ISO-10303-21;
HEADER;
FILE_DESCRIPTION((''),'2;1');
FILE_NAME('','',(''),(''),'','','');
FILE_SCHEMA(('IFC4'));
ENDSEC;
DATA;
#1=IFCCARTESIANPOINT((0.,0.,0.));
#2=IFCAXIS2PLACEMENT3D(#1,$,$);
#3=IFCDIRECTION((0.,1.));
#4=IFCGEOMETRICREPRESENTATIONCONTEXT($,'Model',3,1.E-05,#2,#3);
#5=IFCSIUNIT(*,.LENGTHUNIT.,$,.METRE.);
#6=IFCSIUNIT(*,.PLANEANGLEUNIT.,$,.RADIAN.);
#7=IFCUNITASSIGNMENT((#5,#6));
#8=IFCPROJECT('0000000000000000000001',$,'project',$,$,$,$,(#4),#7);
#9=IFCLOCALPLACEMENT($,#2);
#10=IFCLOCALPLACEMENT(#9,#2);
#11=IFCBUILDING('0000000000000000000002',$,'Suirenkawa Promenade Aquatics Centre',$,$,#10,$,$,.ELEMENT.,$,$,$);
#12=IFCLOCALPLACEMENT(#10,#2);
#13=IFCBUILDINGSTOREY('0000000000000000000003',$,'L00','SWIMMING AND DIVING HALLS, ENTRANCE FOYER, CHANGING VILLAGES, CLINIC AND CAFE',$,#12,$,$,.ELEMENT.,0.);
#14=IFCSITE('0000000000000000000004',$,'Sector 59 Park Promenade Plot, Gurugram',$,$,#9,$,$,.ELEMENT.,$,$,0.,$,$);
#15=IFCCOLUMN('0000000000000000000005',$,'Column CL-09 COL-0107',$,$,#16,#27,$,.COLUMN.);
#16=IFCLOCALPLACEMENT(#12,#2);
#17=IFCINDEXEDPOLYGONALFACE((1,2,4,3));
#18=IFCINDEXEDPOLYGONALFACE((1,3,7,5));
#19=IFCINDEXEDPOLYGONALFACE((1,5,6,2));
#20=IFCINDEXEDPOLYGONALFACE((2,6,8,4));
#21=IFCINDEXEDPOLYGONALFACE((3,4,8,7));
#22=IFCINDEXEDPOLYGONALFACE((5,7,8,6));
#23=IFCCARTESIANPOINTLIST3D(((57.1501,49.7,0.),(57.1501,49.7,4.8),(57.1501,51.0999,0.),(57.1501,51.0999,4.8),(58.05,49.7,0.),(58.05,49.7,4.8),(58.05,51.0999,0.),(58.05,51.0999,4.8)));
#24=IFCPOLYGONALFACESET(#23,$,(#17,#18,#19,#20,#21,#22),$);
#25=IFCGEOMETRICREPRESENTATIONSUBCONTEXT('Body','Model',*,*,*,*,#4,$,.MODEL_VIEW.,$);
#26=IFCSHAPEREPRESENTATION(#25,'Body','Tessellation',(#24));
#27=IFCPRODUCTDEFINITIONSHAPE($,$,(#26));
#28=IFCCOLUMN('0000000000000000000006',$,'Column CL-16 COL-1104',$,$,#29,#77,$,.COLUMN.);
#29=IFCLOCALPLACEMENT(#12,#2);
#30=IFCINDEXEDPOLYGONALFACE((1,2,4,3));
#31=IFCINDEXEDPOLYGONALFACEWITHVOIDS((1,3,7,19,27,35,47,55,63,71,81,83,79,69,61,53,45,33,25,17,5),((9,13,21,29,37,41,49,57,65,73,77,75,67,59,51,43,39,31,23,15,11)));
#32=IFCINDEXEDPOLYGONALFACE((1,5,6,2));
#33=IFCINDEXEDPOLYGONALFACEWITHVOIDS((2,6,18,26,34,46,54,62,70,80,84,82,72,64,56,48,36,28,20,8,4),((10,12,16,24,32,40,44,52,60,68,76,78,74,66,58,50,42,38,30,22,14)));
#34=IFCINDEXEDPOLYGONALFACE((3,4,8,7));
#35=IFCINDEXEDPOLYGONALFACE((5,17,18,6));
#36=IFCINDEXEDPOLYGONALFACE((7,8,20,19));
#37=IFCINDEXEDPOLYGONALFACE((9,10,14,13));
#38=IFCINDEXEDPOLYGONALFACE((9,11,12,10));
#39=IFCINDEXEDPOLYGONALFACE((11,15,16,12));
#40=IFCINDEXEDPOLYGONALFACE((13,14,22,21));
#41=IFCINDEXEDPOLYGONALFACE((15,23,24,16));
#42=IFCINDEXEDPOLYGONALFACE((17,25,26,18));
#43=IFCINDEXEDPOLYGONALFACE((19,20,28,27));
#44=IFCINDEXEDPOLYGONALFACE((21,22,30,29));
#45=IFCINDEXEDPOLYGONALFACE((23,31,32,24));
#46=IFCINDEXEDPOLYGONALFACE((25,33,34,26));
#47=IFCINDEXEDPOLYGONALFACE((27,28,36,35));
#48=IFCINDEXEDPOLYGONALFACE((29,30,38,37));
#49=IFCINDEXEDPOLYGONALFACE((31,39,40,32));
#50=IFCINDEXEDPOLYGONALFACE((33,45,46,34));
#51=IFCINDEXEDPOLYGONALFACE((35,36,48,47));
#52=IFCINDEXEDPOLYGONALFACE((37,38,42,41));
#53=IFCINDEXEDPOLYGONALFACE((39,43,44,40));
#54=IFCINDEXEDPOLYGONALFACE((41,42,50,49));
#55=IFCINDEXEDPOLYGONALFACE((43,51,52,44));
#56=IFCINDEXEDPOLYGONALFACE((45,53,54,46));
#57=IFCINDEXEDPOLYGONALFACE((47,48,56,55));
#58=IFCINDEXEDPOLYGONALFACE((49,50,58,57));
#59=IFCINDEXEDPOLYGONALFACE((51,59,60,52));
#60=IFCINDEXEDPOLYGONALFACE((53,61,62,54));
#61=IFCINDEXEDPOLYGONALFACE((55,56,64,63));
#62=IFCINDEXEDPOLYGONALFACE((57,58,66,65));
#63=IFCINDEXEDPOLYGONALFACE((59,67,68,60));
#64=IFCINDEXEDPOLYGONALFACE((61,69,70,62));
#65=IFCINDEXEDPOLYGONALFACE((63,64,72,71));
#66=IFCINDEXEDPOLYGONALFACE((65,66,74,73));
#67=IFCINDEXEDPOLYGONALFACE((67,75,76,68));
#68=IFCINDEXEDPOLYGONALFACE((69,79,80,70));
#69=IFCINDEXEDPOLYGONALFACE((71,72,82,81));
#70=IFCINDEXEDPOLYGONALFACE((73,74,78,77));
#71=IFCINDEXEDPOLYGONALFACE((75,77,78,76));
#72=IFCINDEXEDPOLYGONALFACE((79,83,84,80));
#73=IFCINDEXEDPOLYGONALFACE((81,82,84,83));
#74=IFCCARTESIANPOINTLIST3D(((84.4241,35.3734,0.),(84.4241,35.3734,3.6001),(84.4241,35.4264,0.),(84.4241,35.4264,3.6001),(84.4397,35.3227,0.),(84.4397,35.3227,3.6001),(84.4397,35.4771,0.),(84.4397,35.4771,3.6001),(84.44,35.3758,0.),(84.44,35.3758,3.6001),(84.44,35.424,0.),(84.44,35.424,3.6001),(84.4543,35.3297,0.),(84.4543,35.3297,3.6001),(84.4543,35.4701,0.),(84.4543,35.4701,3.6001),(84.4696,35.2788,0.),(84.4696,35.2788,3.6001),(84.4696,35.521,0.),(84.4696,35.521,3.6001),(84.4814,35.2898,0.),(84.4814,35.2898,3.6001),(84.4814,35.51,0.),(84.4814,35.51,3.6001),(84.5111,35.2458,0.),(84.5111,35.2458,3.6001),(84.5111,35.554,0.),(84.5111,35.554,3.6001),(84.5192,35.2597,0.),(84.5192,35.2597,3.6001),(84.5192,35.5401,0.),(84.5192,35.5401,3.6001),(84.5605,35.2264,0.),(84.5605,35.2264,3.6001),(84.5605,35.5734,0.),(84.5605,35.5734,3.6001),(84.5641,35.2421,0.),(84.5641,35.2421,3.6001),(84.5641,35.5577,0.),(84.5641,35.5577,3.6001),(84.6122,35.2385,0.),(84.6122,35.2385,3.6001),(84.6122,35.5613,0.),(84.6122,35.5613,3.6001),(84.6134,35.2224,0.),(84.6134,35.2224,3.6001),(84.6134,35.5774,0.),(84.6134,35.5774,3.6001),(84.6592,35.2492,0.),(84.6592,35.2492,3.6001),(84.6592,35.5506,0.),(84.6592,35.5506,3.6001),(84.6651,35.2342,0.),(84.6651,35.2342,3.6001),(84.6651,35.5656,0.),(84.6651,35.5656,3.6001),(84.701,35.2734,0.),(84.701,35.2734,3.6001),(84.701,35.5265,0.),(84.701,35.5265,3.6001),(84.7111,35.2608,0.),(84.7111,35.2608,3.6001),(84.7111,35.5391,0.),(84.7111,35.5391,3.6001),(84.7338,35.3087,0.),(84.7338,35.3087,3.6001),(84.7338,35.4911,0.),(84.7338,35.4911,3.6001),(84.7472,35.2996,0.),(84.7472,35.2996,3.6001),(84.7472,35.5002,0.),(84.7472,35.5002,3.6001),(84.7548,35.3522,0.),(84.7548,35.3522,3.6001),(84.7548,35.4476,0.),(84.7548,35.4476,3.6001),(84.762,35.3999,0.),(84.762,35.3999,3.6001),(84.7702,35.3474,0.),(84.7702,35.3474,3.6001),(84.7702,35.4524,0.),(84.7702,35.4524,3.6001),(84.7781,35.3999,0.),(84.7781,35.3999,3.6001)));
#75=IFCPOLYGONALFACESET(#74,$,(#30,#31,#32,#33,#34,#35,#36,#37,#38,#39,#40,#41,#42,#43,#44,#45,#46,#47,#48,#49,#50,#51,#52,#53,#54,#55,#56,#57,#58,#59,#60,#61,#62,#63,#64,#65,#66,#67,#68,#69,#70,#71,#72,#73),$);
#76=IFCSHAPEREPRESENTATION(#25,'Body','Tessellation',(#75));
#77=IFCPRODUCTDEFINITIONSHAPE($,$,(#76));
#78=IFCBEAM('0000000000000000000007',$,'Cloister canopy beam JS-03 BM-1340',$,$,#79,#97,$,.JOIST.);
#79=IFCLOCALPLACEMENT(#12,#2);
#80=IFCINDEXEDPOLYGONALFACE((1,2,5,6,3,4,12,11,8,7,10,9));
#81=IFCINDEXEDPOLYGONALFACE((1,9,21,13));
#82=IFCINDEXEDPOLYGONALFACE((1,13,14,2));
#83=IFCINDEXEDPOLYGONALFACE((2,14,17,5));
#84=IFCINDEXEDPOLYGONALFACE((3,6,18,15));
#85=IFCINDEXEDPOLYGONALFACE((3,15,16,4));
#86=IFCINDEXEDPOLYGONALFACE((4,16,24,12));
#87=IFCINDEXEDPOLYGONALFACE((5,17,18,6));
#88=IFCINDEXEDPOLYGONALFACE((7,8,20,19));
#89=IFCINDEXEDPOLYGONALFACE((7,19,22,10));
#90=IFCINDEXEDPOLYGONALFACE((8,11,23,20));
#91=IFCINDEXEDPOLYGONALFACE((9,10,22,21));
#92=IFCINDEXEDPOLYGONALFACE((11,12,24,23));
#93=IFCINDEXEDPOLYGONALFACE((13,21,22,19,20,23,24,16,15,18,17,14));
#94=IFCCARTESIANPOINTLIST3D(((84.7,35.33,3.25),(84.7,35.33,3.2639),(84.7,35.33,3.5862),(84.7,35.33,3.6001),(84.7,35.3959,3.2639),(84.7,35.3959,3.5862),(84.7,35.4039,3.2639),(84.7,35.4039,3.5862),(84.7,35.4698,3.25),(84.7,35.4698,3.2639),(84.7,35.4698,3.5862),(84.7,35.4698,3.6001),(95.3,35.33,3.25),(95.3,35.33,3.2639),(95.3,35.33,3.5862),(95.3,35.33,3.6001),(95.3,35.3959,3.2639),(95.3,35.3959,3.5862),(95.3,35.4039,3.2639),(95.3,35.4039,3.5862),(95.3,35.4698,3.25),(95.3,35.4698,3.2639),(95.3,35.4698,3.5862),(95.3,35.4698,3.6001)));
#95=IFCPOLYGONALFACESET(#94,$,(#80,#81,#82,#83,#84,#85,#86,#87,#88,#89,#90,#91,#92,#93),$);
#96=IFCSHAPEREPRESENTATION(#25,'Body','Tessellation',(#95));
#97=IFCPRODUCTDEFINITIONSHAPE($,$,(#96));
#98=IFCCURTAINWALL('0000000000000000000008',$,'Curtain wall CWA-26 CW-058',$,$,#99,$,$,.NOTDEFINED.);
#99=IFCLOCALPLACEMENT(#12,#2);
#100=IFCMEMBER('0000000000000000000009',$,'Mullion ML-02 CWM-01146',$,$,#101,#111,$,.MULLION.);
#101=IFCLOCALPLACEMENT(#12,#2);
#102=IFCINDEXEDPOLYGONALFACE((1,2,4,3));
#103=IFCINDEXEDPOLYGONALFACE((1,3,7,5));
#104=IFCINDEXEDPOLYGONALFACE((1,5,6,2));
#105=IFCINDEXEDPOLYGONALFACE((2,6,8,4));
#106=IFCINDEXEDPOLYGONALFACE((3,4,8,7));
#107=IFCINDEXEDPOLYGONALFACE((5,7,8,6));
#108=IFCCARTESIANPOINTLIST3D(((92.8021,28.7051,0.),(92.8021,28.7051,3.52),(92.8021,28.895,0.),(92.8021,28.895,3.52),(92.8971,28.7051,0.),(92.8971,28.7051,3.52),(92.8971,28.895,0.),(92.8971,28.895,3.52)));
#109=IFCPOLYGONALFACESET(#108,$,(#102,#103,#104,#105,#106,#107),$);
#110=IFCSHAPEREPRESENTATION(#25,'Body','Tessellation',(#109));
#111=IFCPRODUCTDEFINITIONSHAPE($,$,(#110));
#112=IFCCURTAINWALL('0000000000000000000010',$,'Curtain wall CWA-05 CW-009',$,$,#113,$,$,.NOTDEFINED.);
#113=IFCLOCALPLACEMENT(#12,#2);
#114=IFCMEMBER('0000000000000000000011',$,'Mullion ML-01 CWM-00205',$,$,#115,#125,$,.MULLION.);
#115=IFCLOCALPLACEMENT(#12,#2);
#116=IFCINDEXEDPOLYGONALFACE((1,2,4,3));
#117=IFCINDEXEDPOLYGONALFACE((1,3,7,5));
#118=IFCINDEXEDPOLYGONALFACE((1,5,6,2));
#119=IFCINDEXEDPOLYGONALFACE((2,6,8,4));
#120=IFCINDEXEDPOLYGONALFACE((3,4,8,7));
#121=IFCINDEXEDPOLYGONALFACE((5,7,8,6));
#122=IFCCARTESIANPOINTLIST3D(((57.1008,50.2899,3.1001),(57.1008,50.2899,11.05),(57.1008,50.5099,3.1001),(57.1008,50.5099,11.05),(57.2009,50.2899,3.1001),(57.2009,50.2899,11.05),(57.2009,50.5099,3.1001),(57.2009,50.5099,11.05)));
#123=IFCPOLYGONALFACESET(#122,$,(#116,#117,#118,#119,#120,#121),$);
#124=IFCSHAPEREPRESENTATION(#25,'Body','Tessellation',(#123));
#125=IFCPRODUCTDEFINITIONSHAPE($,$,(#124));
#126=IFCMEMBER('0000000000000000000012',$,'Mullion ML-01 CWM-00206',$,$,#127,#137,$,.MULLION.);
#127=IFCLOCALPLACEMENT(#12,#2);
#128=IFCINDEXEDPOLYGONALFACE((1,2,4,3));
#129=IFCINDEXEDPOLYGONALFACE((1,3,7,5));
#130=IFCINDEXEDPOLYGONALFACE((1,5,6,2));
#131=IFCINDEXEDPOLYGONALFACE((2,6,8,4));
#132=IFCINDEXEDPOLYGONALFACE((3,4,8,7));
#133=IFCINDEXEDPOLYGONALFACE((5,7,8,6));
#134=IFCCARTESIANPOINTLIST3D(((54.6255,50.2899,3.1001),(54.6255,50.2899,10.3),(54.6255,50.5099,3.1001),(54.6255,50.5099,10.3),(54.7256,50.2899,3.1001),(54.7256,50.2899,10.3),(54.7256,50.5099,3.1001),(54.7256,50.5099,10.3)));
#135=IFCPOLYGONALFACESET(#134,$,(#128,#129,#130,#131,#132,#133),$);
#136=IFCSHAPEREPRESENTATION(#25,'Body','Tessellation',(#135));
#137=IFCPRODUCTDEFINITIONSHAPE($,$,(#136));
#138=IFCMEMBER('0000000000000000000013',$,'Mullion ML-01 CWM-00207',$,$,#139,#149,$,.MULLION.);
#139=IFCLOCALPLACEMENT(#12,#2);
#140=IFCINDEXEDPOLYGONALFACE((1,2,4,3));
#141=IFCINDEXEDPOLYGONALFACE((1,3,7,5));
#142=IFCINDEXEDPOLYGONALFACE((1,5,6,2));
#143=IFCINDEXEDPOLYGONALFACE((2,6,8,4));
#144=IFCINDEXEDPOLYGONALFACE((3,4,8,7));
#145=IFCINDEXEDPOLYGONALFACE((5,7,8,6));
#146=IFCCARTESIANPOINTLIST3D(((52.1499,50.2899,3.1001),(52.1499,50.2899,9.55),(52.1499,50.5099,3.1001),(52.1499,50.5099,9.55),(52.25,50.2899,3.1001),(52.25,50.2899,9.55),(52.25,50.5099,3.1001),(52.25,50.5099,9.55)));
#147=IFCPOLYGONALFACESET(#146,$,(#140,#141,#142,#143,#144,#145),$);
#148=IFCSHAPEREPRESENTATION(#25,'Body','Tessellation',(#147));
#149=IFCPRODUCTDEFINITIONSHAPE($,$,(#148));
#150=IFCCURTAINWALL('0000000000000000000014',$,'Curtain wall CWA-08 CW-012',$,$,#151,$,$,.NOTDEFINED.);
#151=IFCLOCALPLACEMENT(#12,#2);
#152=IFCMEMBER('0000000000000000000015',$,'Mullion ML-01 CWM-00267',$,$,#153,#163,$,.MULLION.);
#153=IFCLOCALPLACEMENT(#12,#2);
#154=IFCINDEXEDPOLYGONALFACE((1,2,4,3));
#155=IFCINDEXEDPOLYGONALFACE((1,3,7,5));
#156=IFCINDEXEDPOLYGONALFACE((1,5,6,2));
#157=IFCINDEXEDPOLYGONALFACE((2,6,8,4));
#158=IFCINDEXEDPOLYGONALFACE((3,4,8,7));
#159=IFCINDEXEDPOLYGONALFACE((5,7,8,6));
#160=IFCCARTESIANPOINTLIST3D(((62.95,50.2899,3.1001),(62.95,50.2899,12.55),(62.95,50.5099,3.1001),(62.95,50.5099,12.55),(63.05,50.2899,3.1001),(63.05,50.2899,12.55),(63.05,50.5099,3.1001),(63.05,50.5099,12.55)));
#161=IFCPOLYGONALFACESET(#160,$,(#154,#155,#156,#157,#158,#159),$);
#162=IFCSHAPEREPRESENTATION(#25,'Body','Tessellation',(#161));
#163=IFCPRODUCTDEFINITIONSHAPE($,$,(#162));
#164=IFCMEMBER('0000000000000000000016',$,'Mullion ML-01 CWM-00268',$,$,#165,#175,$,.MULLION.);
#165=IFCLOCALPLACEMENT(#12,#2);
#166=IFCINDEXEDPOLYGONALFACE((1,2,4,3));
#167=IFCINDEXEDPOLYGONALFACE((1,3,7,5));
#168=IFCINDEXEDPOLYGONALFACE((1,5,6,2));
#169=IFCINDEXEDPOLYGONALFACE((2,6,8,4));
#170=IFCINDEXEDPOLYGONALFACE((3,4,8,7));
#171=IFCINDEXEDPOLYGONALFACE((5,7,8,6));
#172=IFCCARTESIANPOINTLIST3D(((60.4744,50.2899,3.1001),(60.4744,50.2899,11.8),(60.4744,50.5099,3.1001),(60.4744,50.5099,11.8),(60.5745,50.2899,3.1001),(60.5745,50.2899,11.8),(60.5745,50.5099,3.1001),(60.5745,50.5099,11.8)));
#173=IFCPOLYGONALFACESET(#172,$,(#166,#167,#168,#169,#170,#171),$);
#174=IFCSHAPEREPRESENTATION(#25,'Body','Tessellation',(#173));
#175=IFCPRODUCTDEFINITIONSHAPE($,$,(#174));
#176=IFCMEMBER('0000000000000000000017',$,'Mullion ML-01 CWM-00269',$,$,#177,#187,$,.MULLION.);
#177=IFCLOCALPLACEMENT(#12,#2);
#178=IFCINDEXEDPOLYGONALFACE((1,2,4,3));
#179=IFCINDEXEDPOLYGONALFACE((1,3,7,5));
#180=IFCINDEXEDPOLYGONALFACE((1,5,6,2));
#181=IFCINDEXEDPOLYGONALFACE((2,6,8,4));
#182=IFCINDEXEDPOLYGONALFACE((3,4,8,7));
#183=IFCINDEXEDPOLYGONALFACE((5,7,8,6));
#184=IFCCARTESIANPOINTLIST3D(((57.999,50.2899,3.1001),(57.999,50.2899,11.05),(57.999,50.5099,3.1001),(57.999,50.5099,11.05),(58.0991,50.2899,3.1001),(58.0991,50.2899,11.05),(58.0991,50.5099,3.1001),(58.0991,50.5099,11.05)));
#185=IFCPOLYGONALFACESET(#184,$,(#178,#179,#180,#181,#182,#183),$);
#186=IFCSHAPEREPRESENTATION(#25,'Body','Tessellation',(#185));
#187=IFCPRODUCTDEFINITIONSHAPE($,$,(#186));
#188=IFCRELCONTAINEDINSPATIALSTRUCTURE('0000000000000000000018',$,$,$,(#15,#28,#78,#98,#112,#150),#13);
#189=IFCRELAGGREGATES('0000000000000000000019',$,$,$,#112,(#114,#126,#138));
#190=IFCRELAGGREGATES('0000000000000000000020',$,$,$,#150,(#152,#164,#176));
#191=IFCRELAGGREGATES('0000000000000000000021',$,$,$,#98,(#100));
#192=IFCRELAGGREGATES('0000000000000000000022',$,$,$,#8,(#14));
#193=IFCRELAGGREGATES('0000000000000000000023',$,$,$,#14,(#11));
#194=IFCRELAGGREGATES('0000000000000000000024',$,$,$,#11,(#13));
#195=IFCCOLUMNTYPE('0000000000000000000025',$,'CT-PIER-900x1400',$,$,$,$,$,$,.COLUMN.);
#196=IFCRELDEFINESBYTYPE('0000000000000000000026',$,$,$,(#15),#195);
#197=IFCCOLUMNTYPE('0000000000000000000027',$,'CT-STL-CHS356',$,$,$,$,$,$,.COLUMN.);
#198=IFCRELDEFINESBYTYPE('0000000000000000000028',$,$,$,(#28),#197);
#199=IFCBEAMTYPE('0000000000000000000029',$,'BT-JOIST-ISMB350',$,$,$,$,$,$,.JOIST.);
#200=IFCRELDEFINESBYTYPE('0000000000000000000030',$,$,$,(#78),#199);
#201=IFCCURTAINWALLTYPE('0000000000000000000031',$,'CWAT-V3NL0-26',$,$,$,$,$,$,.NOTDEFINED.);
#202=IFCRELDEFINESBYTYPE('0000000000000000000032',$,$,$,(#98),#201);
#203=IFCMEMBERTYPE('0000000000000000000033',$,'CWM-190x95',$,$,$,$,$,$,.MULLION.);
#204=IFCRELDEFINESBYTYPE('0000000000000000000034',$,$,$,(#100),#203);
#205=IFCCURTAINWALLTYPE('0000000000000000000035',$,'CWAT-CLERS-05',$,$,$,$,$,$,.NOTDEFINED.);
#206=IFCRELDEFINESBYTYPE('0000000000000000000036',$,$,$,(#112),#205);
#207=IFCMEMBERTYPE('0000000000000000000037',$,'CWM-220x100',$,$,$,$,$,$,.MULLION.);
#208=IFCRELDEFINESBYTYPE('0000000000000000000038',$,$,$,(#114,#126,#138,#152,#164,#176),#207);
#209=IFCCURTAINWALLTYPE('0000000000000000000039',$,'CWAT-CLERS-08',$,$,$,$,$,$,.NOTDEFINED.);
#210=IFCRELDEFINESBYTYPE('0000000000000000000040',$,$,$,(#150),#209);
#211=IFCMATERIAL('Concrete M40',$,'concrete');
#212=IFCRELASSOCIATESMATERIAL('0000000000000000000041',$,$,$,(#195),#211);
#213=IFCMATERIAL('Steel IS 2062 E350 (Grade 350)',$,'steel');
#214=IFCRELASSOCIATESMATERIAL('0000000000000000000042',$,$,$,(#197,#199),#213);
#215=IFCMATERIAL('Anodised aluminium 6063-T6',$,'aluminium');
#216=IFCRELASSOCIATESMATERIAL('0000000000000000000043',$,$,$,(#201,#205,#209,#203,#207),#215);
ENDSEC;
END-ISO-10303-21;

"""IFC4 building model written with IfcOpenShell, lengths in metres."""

from ifc_helpers import new_model, si_unit, direction, frame, origin, origin_2d, place, context, subcontext, project, spatial, rectangle, hollow_circle, i_section, extrude, material, material_profile, profile_set, type_object, element, aggregate, save


model = new_model("IFC4")

# Units and contexts
model_context = context("Model", 3, precision=1e-05, world=origin(), true_north=direction((0.0, 1.0)))
body_context = subcontext(model_context, "Body", "Model", "MODEL_VIEW")
ifc_project = project(units=[si_unit("LENGTHUNIT", "METRE"), si_unit("PLANEANGLEUNIT", "RADIAN")], contexts=[model_context])

# Site, building, storey
site_placement = place(None, origin())
site = spatial("IfcSite", under=ifc_project, at=site_placement, Name="Sector 59 Park Promenade Plot, Gurugram", CompositionType="ELEMENT", RefElevation=0.0)
building_placement = place(site_placement, origin())
building = spatial("IfcBuilding", under=site, at=building_placement, Name="Suirenkawa Promenade Aquatics Centre", CompositionType="ELEMENT")
storey_placement = place(building_placement, origin())
storey = spatial("IfcBuildingStorey", under=building, at=storey_placement, Name="L00", Description="SWIMMING AND DIVING HALLS, ENTRANCE FOYER, CHANGING VILLAGES, CLINIC AND CAFE", CompositionType="ELEMENT", Elevation=0.0)

# Columns
ifc_material_1 = material(Name="Concrete M40", Category="concrete")
ifc_material_profile_1 = material_profile(ifc_material_1, rectangle(XDim=0.8999, YDim=1.3999, at=origin_2d()), Name="RC PIER 900x1400", Category="concrete")
ifc_profile_set_1 = profile_set([ifc_material_profile_1], Name="Concrete M40")
column_type_1 = type_object("IfcColumnType", Name="CT-PIER-900x1400", PredefinedType="COLUMN", material=ifc_profile_set_1)
column_1_placement = place(storey_placement, frame((57.6001, 50.3999, 0.0), z_axis=(0.0, 0.0, 1.0), x_axis=(1.0, 0.0, 0.0)))
element("IfcColumn", 1, at=column_1_placement, inside=storey, type_object=column_type_1, Name="Column CL-09 COL-0107", PredefinedType="COLUMN", context=body_context, shape_type="SweptSolid", body=[
    extrude(rectangle(XDim=0.8999, YDim=1.3999, at=origin_2d()), origin(), (0.0, 0.0, 1.0), 4.8),
])
ifc_material_2 = material(Name="Steel IS 2062 E350 (Grade 350)", Category="steel")
ifc_material_profile_2 = material_profile(ifc_material_2, hollow_circle(Radius=0.178, WallThickness=0.0161, at=origin_2d()), Name="CHS 356x16", Category="steel")
ifc_profile_set_2 = profile_set([ifc_material_profile_2], Name="Steel IS 2062 E350 (Grade 350)")
column_type_2 = type_object("IfcColumnType", Name="CT-STL-CHS356", PredefinedType="COLUMN", material=ifc_profile_set_2)
column_2_placement = place(storey_placement, frame((84.6001, 35.3999, 0.0), z_axis=(0.0, 0.0, 1.0), x_axis=(1.0, 0.0, 0.0)))
element("IfcColumn", 2, at=column_2_placement, inside=storey, type_object=column_type_2, Name="Column CL-16 COL-1104", PredefinedType="COLUMN", context=body_context, shape_type="SweptSolid", body=[
    extrude(hollow_circle(Radius=0.178, WallThickness=0.0161, at=origin_2d()), origin(), (0.0, 0.0, 1.0), 3.6001),
])

# Beam
ifc_material_profile_3 = material_profile(ifc_material_2, i_section(OverallWidth=0.1399, OverallDepth=0.3501, WebThickness=0.0081, FlangeThickness=0.0139, at=origin_2d()), Name="ISMB 350", Category="steel")
ifc_profile_set_3 = profile_set([ifc_material_profile_3], Name="Steel IS 2062 E350 (Grade 350)")
beam_type = type_object("IfcBeamType", Name="BT-JOIST-ISMB350", PredefinedType="JOIST", material=ifc_profile_set_3)
beam_placement = place(storey_placement, frame((84.7, 35.3999, 3.425), z_axis=(1.0, 0.0, 0.0), x_axis=(0.0, 1.0, 0.0)))
element("IfcBeam", 3, at=beam_placement, inside=storey, type_object=beam_type, Name="Cloister canopy beam JS-03 BM-1340", PredefinedType="JOIST", context=body_context, shape_type="SweptSolid", body=[
    extrude(i_section(OverallWidth=0.1399, OverallDepth=0.3501, WebThickness=0.0081, FlangeThickness=0.0139, at=origin_2d()), origin(), (0.0, 0.0, 1.0), 10.6001),
])

# Curtain wall, member
ifc_material_3 = material(Name="Anodised aluminium 6063-T6", Category="aluminium")
curtain_wall_type_1 = type_object("IfcCurtainWallType", Name="CWAT-V3NL0-26", PredefinedType="NOTDEFINED", material=ifc_material_3)
curtain_wall_1_placement = place(storey_placement, origin())
curtain_wall_1 = element("IfcCurtainWall", 4, at=curtain_wall_1_placement, inside=storey, type_object=curtain_wall_type_1, Name="Curtain wall CWA-26 CW-058", PredefinedType="NOTDEFINED")
ifc_material_profile_4 = material_profile(ifc_material_3, rectangle(XDim=0.095, YDim=0.1899, at=origin_2d()), Name="ALU MULL 95x190", Category="aluminium")
ifc_profile_set_4 = profile_set([ifc_material_profile_4], Name="Anodised aluminium 6063-T6")
member_type_1 = type_object("IfcMemberType", Name="CWM-190x95", PredefinedType="MULLION", material=ifc_profile_set_4)
member_1_placement = place(storey_placement, frame((92.8496, 28.8, 0.0), z_axis=(0.0, 0.0, 1.0), x_axis=(1.0, 0.0, 0.0)))
member_1 = element("IfcMember", 5, at=member_1_placement, type_object=member_type_1, Name="Mullion ML-02 CWM-01146", PredefinedType="MULLION", context=body_context, shape_type="SweptSolid", body=[
    extrude(rectangle(XDim=0.095, YDim=0.1899, at=origin_2d()), origin(), (0.0, 0.0, 1.0), 3.52),
])

# Curtain walls, members
curtain_wall_type_2 = type_object("IfcCurtainWallType", Name="CWAT-CLERS-05", PredefinedType="NOTDEFINED", material=ifc_material_3)
curtain_wall_2_placement = place(storey_placement, origin())
curtain_wall_2 = element("IfcCurtainWall", 6, at=curtain_wall_2_placement, inside=storey, type_object=curtain_wall_type_2, Name="Curtain wall CWA-05 CW-009", PredefinedType="NOTDEFINED")
ifc_material_profile_5 = material_profile(ifc_material_3, rectangle(XDim=0.1001, YDim=0.22, at=origin_2d()), Name="ALU MULL 100x220", Category="aluminium")
ifc_profile_set_5 = profile_set([ifc_material_profile_5], Name="Anodised aluminium 6063-T6")
member_type_2 = type_object("IfcMemberType", Name="CWM-220x100", PredefinedType="MULLION", material=ifc_profile_set_5)
member_2_placement = place(storey_placement, frame((57.1509, 50.3999, 3.1001), z_axis=(0.0, 0.0, 1.0), x_axis=(-1.0, 0.0, 0.0)))
member_2 = element("IfcMember", 7, at=member_2_placement, type_object=member_type_2, Name="Mullion ML-01 CWM-00205", PredefinedType="MULLION", context=body_context, shape_type="SweptSolid", body=[
    extrude(rectangle(XDim=0.1001, YDim=0.22, at=origin_2d()), origin(), (0.0, 0.0, 1.0), 7.95),
])
member_3_placement = place(storey_placement, frame((54.6755, 50.3999, 3.1001), z_axis=(0.0, 0.0, 1.0), x_axis=(-1.0, 0.0, 0.0)))
member_3 = element("IfcMember", 8, at=member_3_placement, type_object=member_type_2, Name="Mullion ML-01 CWM-00206", PredefinedType="MULLION", context=body_context, shape_type="SweptSolid", body=[
    extrude(rectangle(XDim=0.1001, YDim=0.22, at=origin_2d()), origin(), (0.0, 0.0, 1.0), 7.2),
])
member_4_placement = place(storey_placement, frame((52.2, 50.3999, 3.1001), z_axis=(0.0, 0.0, 1.0), x_axis=(-1.0, 0.0, 0.0)))
member_4 = element("IfcMember", 9, at=member_4_placement, type_object=member_type_2, Name="Mullion ML-01 CWM-00207", PredefinedType="MULLION", context=body_context, shape_type="SweptSolid", body=[
    extrude(rectangle(XDim=0.1001, YDim=0.22, at=origin_2d()), origin(), (0.0, 0.0, 1.0), 6.45),
])
curtain_wall_type_3 = type_object("IfcCurtainWallType", Name="CWAT-CLERS-08", PredefinedType="NOTDEFINED", material=ifc_material_3)
curtain_wall_3_placement = place(storey_placement, origin())
curtain_wall_3 = element("IfcCurtainWall", 10, at=curtain_wall_3_placement, inside=storey, type_object=curtain_wall_type_3, Name="Curtain wall CWA-08 CW-012", PredefinedType="NOTDEFINED")
member_5_placement = place(storey_placement, frame((63.0, 50.3999, 3.1001), z_axis=(0.0, 0.0, 1.0), x_axis=(-1.0, 0.0, 0.0)))
member_5 = element("IfcMember", 11, at=member_5_placement, type_object=member_type_2, Name="Mullion ML-01 CWM-00267", PredefinedType="MULLION", context=body_context, shape_type="SweptSolid", body=[
    extrude(rectangle(XDim=0.1001, YDim=0.22, at=origin_2d()), origin(), (0.0, 0.0, 1.0), 9.45),
])
member_6_placement = place(storey_placement, frame((60.5244, 50.3999, 3.1001), z_axis=(0.0, 0.0, 1.0), x_axis=(-1.0, 0.0, 0.0)))
member_6 = element("IfcMember", 12, at=member_6_placement, type_object=member_type_2, Name="Mullion ML-01 CWM-00268", PredefinedType="MULLION", context=body_context, shape_type="SweptSolid", body=[
    extrude(rectangle(XDim=0.1001, YDim=0.22, at=origin_2d()), origin(), (0.0, 0.0, 1.0), 8.7),
])
member_7_placement = place(storey_placement, frame((58.0491, 50.3999, 3.1001), z_axis=(0.0, 0.0, 1.0), x_axis=(-1.0, 0.0, 0.0)))
member_7 = element("IfcMember", 13, at=member_7_placement, type_object=member_type_2, Name="Mullion ML-01 CWM-00269", PredefinedType="MULLION", context=body_context, shape_type="SweptSolid", body=[
    extrude(rectangle(XDim=0.1001, YDim=0.22, at=origin_2d()), origin(), (0.0, 0.0, 1.0), 7.95),
])

aggregate(curtain_wall_2, [member_2, member_3, member_4])
aggregate(curtain_wall_3, [member_5, member_6, member_7])
aggregate(curtain_wall_1, [member_1])

save(model, "model.ifc")
